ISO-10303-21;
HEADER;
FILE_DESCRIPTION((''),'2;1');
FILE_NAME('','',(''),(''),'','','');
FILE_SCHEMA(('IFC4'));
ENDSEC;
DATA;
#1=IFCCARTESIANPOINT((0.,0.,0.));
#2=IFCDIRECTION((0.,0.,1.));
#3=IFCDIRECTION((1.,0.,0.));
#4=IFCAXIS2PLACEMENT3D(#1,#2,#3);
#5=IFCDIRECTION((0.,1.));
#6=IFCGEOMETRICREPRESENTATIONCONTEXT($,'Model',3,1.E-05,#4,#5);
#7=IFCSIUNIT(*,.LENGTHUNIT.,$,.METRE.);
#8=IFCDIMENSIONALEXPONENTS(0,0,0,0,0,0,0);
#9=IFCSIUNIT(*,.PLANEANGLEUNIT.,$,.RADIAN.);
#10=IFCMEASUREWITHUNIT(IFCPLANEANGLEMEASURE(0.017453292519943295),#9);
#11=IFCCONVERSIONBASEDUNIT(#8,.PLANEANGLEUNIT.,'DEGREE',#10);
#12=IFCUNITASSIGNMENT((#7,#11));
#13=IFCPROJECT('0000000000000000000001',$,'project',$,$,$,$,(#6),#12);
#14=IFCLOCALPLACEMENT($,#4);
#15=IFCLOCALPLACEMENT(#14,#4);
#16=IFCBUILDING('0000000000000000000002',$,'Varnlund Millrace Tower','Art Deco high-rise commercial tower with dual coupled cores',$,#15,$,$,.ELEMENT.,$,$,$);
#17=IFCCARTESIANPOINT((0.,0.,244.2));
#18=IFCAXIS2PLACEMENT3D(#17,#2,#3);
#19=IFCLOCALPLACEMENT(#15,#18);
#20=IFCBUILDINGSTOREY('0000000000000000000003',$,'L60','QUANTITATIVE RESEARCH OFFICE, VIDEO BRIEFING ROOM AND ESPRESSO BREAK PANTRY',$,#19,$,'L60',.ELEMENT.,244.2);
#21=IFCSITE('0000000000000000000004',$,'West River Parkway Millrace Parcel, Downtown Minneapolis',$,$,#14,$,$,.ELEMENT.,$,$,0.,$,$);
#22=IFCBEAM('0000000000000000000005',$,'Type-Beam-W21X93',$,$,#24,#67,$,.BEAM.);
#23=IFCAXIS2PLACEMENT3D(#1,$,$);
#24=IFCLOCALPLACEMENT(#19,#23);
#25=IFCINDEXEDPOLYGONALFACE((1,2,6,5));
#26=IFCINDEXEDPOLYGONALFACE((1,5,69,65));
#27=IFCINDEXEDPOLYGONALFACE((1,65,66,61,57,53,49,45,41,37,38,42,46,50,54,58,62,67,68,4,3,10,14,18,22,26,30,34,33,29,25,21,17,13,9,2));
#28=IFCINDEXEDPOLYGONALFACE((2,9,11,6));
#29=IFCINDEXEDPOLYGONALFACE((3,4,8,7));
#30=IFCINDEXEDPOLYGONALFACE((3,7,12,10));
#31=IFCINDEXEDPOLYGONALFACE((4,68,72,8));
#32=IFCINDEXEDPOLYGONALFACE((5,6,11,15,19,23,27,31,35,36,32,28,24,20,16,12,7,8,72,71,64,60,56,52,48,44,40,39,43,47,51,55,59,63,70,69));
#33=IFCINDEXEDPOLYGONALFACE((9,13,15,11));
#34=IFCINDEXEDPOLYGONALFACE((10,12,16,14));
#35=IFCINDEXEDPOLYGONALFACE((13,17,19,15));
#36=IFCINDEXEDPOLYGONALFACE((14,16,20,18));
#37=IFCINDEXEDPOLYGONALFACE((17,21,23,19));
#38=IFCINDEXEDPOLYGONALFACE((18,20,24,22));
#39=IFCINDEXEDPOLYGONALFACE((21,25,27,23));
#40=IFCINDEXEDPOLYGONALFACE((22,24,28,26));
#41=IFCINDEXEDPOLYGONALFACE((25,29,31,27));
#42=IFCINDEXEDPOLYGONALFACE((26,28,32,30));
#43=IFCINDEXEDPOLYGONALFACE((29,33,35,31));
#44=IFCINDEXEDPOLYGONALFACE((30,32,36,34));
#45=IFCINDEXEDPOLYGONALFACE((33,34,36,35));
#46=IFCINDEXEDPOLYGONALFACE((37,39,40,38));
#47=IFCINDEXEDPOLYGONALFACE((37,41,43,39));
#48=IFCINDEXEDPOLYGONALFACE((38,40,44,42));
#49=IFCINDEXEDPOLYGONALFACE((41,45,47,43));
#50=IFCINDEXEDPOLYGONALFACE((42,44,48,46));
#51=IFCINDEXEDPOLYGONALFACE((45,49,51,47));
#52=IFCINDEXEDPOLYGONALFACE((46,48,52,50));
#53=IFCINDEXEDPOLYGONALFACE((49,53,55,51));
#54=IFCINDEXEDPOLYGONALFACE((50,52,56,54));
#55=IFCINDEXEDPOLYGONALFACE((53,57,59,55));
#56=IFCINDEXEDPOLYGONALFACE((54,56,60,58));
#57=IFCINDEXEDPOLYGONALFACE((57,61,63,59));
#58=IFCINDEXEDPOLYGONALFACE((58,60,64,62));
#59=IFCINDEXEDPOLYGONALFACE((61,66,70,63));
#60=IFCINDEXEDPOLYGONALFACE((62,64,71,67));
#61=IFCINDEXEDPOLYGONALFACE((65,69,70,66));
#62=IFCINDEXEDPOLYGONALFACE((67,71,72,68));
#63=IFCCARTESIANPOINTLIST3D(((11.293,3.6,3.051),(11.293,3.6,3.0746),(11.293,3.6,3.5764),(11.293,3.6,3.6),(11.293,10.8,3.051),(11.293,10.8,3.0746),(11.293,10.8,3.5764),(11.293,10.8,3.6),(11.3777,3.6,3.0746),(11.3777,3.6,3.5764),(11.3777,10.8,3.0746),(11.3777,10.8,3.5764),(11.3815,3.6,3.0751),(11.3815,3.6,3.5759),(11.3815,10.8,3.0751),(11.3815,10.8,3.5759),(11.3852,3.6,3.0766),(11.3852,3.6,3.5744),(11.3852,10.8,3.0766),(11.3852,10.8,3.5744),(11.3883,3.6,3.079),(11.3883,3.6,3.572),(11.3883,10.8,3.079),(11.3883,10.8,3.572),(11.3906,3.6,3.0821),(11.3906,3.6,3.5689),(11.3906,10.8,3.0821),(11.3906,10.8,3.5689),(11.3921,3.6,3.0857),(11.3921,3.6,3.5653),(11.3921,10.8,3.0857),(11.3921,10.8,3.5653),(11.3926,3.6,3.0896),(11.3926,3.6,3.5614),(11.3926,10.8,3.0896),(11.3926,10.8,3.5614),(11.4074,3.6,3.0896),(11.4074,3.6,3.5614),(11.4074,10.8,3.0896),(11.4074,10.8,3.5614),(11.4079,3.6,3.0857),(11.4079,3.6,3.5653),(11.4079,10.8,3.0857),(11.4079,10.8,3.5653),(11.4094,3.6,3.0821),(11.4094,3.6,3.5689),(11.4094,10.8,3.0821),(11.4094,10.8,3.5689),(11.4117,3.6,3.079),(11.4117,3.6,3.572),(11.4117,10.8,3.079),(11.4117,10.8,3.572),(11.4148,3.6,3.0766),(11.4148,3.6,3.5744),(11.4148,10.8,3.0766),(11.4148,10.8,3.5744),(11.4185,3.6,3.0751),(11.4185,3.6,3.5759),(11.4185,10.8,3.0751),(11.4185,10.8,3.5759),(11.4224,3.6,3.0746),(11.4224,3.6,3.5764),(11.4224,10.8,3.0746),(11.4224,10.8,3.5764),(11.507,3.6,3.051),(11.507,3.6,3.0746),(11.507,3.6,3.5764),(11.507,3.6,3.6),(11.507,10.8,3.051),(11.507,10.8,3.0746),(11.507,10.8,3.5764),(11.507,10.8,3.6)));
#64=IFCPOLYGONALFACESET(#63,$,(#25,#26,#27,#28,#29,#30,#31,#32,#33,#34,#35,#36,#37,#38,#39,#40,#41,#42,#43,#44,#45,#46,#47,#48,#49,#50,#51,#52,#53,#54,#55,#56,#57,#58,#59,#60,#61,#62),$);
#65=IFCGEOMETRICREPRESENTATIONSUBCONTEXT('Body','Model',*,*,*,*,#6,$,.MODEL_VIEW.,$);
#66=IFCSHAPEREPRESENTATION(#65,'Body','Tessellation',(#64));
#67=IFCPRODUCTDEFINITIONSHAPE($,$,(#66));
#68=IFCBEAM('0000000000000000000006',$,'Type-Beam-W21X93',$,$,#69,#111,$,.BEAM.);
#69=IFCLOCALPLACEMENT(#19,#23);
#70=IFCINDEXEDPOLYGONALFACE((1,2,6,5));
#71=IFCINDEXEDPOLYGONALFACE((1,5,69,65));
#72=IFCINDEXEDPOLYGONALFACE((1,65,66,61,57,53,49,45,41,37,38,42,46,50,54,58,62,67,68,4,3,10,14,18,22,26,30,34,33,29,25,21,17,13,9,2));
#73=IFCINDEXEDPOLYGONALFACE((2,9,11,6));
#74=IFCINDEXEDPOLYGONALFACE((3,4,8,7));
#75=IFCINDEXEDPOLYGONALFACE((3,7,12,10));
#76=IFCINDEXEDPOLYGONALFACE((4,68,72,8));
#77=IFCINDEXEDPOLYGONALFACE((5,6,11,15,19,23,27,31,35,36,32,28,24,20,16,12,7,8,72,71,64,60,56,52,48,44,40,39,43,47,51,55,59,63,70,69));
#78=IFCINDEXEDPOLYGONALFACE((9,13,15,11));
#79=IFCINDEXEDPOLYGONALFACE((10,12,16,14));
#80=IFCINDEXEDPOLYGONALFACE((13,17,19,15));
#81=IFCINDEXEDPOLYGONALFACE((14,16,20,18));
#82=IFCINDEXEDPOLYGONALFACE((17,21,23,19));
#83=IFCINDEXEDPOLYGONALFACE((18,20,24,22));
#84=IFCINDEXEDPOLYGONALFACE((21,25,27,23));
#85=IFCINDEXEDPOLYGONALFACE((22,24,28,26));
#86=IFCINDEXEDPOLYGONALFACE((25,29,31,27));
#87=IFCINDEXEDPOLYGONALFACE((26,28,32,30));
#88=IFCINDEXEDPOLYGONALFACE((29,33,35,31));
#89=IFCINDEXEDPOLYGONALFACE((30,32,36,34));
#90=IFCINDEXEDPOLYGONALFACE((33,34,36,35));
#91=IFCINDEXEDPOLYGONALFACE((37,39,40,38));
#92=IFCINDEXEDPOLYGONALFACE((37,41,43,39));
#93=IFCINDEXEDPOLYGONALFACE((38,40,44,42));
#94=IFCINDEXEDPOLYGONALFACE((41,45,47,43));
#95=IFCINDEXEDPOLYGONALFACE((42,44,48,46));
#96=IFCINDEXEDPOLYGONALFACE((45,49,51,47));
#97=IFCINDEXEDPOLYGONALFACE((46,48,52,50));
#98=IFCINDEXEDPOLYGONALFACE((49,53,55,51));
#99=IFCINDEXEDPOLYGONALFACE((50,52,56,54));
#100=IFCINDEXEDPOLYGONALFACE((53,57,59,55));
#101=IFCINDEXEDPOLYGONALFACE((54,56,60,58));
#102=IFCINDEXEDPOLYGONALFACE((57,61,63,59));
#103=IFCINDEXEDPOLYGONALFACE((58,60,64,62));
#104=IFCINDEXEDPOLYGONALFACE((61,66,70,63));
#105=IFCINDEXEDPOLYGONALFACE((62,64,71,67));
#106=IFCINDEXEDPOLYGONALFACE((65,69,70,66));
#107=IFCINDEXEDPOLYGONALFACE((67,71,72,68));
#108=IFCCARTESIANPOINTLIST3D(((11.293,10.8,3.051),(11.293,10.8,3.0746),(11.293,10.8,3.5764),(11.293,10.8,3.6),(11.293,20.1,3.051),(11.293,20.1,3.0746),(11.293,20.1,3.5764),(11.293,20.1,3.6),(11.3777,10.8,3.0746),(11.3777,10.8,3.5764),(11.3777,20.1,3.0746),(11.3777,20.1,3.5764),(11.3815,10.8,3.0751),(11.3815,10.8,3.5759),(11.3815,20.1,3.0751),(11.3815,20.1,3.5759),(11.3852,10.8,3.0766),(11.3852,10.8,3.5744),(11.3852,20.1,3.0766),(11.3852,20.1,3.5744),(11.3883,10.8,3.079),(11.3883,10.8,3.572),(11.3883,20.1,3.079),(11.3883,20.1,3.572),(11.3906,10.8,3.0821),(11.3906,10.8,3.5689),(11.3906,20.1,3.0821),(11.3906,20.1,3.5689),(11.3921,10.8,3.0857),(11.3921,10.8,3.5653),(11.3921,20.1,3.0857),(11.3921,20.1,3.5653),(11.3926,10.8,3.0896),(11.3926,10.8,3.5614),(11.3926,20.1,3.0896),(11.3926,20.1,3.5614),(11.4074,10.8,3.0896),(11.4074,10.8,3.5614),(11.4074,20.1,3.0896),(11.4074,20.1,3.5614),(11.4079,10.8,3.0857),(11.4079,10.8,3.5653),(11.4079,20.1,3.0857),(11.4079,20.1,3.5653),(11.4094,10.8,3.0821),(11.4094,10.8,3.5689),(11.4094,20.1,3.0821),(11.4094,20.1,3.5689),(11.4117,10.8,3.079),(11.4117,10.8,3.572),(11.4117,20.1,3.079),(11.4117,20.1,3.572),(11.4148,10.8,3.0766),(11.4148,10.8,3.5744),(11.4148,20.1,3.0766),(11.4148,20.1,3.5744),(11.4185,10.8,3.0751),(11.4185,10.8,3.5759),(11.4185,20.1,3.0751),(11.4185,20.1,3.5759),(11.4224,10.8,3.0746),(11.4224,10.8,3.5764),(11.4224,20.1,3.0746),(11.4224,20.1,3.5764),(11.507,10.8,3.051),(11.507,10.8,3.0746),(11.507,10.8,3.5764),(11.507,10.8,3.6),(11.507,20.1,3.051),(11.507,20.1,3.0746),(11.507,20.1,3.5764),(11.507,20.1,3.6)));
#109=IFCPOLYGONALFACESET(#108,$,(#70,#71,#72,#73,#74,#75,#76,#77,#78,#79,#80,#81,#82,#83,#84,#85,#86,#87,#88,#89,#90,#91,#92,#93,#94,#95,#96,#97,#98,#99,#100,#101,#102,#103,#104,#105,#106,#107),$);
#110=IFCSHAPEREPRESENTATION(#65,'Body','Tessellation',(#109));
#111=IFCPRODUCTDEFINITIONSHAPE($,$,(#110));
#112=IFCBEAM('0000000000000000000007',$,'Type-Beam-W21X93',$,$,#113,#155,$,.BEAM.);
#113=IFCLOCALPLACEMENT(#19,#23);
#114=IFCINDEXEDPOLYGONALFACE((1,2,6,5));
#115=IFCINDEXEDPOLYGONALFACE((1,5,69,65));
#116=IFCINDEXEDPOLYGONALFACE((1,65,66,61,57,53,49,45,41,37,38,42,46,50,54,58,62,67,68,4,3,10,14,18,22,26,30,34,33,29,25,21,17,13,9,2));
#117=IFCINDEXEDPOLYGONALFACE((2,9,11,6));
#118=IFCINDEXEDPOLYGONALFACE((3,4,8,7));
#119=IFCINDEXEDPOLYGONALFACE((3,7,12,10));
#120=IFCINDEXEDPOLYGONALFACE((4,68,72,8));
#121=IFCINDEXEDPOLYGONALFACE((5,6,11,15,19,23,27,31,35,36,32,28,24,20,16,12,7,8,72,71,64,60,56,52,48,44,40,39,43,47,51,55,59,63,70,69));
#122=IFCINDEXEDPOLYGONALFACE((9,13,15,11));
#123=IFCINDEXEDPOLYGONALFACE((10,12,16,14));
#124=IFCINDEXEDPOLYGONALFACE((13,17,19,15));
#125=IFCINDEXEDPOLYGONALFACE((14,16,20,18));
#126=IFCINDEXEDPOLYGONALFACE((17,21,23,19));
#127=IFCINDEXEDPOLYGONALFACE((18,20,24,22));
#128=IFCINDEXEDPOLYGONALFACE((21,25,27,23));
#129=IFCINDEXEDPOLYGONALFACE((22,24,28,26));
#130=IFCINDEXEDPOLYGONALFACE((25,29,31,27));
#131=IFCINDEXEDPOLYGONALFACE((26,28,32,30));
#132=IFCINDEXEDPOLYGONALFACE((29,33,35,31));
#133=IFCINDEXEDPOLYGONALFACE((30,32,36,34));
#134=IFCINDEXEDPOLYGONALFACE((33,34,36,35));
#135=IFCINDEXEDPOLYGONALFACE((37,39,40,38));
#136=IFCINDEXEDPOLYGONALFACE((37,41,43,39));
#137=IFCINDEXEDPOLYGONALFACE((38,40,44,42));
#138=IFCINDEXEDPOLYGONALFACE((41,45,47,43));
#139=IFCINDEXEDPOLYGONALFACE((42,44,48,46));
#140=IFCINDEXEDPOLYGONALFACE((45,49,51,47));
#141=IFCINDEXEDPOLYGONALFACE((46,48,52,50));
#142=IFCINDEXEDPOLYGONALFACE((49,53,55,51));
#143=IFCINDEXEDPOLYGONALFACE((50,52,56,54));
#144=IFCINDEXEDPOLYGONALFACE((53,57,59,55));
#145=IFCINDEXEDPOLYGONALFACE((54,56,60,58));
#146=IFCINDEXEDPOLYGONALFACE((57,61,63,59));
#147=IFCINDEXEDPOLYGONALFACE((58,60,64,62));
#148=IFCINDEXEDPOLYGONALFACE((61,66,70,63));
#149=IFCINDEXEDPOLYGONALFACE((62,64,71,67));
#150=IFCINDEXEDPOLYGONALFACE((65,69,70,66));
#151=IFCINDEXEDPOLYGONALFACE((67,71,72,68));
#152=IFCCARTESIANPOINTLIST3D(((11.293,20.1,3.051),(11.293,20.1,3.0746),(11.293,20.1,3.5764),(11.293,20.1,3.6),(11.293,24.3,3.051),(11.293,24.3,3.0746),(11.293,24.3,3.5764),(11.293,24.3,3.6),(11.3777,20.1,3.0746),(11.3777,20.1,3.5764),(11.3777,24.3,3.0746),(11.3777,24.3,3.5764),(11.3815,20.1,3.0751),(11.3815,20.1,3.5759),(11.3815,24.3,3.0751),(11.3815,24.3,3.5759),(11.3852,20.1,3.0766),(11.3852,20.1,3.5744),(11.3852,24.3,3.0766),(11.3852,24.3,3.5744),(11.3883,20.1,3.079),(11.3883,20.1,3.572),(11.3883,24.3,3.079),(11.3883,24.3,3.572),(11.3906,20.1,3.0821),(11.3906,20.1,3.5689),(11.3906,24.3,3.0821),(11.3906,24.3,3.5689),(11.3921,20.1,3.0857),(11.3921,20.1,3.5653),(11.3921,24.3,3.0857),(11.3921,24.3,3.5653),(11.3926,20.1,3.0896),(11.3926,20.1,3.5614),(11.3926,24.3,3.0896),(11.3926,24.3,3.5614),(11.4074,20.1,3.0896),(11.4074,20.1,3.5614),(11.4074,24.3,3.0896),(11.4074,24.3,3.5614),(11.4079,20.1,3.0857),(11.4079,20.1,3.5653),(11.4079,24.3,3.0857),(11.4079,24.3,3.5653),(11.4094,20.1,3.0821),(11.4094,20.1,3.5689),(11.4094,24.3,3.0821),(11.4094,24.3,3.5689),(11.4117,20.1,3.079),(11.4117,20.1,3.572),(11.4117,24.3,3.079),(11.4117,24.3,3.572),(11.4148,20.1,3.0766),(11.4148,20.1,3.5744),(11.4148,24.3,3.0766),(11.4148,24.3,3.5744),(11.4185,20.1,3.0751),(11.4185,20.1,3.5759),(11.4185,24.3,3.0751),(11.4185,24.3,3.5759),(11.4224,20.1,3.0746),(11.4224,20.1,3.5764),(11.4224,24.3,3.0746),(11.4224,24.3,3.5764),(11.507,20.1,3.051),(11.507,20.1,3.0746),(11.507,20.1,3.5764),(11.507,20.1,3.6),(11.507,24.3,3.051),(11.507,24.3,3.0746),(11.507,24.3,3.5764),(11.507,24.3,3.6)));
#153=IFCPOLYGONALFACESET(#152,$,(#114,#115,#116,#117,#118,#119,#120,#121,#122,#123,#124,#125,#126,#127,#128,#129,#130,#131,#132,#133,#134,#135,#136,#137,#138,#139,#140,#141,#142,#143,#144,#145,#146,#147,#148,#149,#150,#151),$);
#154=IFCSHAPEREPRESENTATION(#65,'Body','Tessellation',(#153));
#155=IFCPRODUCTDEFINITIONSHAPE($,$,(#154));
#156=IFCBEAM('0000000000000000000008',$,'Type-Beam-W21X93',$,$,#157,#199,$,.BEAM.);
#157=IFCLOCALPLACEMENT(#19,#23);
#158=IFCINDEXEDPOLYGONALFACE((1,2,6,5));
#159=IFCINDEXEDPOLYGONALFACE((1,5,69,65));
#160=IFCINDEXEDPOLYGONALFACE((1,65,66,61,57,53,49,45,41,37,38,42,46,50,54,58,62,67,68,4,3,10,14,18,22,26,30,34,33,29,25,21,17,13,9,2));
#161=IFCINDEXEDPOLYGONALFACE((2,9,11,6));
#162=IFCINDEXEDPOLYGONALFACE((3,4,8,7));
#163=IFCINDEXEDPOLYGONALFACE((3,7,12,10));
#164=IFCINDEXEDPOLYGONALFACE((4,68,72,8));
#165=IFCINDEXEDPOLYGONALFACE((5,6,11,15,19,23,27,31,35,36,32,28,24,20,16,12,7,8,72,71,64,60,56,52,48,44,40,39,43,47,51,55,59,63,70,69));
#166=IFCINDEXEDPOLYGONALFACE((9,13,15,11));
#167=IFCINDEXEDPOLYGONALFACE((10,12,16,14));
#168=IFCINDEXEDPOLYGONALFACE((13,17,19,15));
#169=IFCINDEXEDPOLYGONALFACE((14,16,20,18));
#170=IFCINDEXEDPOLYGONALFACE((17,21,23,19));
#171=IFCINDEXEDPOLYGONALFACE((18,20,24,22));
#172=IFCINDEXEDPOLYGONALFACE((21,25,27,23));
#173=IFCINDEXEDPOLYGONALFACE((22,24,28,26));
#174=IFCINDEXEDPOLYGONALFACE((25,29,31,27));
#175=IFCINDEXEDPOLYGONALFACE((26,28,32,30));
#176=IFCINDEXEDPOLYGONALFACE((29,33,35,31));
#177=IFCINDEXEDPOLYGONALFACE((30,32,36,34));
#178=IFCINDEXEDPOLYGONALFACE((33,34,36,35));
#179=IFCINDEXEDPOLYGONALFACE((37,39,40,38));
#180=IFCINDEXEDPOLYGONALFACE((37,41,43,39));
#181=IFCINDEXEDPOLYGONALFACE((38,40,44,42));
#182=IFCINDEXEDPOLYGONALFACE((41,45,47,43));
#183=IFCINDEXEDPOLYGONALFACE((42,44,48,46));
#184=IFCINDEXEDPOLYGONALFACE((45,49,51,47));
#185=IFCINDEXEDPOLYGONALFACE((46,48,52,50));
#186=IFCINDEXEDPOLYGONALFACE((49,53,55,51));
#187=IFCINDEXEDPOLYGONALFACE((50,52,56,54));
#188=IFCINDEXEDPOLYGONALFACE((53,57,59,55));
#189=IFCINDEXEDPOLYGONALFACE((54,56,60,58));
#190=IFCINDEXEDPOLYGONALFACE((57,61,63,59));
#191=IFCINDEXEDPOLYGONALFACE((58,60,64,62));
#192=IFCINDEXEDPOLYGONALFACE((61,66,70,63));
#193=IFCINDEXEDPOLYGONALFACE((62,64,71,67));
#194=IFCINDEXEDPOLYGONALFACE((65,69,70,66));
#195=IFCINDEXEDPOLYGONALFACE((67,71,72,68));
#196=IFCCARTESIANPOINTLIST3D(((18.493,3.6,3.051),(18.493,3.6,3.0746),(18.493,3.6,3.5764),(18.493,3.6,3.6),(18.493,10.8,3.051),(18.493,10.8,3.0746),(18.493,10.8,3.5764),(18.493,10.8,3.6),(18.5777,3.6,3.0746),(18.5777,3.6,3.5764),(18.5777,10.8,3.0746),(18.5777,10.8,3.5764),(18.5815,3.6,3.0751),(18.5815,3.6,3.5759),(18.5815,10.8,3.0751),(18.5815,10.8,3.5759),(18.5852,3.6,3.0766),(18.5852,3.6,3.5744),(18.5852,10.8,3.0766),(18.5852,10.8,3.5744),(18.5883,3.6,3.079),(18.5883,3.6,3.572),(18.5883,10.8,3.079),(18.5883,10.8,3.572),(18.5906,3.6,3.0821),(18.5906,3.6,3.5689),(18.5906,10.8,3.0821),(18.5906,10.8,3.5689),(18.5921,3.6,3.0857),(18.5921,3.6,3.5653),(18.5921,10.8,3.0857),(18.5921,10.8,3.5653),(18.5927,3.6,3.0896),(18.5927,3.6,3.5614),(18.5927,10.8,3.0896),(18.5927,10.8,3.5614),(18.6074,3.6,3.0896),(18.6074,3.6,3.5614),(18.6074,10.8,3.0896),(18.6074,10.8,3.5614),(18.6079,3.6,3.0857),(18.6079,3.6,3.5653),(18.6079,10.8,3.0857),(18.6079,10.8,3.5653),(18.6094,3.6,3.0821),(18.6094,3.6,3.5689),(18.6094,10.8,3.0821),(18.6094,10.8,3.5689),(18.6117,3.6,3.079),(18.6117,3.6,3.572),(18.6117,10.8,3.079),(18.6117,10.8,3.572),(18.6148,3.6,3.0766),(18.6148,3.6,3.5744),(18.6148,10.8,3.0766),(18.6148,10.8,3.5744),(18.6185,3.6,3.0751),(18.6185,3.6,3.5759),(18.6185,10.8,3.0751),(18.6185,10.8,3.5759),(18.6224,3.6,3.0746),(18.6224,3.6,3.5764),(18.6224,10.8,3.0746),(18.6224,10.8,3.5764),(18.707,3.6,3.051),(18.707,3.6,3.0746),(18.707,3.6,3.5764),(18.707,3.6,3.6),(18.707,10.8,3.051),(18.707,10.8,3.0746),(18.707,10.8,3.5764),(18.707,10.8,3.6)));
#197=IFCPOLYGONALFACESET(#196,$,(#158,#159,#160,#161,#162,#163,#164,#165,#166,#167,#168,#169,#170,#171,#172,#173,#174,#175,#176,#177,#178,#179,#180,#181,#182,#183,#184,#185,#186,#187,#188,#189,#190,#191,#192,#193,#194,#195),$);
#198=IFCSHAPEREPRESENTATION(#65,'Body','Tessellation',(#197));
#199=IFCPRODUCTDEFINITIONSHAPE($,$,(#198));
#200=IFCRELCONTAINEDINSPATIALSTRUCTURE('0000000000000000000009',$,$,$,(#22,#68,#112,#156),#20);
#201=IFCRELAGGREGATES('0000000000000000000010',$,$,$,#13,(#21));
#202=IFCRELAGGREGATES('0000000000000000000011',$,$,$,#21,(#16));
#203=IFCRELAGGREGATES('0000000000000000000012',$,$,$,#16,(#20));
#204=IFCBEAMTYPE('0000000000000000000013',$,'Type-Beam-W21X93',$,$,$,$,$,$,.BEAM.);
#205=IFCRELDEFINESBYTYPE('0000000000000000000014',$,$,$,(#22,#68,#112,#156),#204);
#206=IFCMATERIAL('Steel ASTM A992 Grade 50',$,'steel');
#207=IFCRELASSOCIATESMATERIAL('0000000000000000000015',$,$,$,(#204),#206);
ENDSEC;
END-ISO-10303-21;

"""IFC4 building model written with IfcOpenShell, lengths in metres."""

from ifc_helpers import new_model, entity, si_unit, converted_unit, direction, frame, origin_with_axes, origin_2d_with_axis, place, context, subcontext, project, spatial, i_section, extrude, material, material_profile, profile_set, type_object, element, save


model = new_model("IFC4")

# Units and contexts
model_context = context("Model", 3, precision=1e-05, world=origin_with_axes(), true_north=direction((0.0, 1.0)))
body_context = subcontext(model_context, "Body", "Model", "MODEL_VIEW")
ifc_project = project(units=[si_unit("LENGTHUNIT", "METRE"), converted_unit("PLANEANGLEUNIT", "DEGREE", entity("IfcPlaneAngleMeasure", 0.017453292519943295), si_unit("PLANEANGLEUNIT", "RADIAN"), dimensions=[0, 0, 0, 0, 0, 0, 0])], contexts=[model_context])

# Site, building, storey
site_placement = place(None, origin_with_axes())
site = spatial("IfcSite", under=ifc_project, at=site_placement, Name="West River Parkway Millrace Parcel, Downtown Minneapolis", CompositionType="ELEMENT", RefElevation=0.0)
building_placement = place(site_placement, origin_with_axes())
building = spatial("IfcBuilding", under=site, at=building_placement, Name="Varnlund Millrace Tower", Description="Art Deco high-rise commercial tower with dual coupled cores", CompositionType="ELEMENT")
storey_placement = place(building_placement, frame((0.0, 0.0, 244.2), z_axis=(0.0, 0.0, 1.0), x_axis=(1.0, 0.0, 0.0)))
storey = spatial("IfcBuildingStorey", under=building, at=storey_placement, Name="L60", Description="QUANTITATIVE RESEARCH OFFICE, VIDEO BRIEFING ROOM AND ESPRESSO BREAK PANTRY", LongName="L60", CompositionType="ELEMENT", Elevation=244.2)

# Beams
ifc_material_1 = material(Name="Steel ASTM A992 Grade 50", Category="steel")
ifc_material_profile_1 = material_profile(ifc_material_1, i_section(OverallWidth=0.214, OverallDepth=0.549, WebThickness=0.0147, FlangeThickness=0.0236, FilletRadius=0.015, at=origin_2d_with_axis()), Name="Steel ASTM A992 Grade 50")
ifc_profile_set_1 = profile_set([ifc_material_profile_1], Name="Steel ASTM A992 Grade 50")
beam_type_1 = type_object("IfcBeamType", Name="Type-Beam-W21X93", PredefinedType="BEAM", material=ifc_profile_set_1)
beam_1_placement = place(storey_placement, frame((11.4, 3.6, 3.3255), z_axis=(0.0, 1.0, 0.0), x_axis=(-1.0, 0.0, 0.0)))
element("IfcBeam", 1, at=beam_1_placement, inside=storey, type_object=beam_type_1, Name="Type-Beam-W21X93", PredefinedType="BEAM", context=body_context, shape_type="SweptSolid", body=[
    extrude(i_section(OverallWidth=0.214, OverallDepth=0.549, WebThickness=0.0147, FlangeThickness=0.0236, FilletRadius=0.015, at=origin_2d_with_axis()), origin_with_axes(), (0.0, 0.0, 1.0), 7.2),
])
beam_2_placement = place(storey_placement, frame((11.4, 10.8, 3.3255), z_axis=(0.0, 1.0, 0.0), x_axis=(-1.0, 0.0, 0.0)))
element("IfcBeam", 2, at=beam_2_placement, inside=storey, type_object=beam_type_1, Name="Type-Beam-W21X93", PredefinedType="BEAM", context=body_context, shape_type="SweptSolid", body=[
    extrude(i_section(OverallWidth=0.214, OverallDepth=0.549, WebThickness=0.0147, FlangeThickness=0.0236, FilletRadius=0.015, at=origin_2d_with_axis()), origin_with_axes(), (0.0, 0.0, 1.0), 9.3),
])
beam_3_placement = place(storey_placement, frame((11.4, 20.1, 3.3255), z_axis=(0.0, 1.0, 0.0), x_axis=(-1.0, 0.0, 0.0)))
element("IfcBeam", 3, at=beam_3_placement, inside=storey, type_object=beam_type_1, Name="Type-Beam-W21X93", PredefinedType="BEAM", context=body_context, shape_type="SweptSolid", body=[
    extrude(i_section(OverallWidth=0.214, OverallDepth=0.549, WebThickness=0.0147, FlangeThickness=0.0236, FilletRadius=0.015, at=origin_2d_with_axis()), origin_with_axes(), (0.0, 0.0, 1.0), 4.2),
])
beam_4_placement = place(storey_placement, frame((18.6, 3.6, 3.3255), z_axis=(0.0, 1.0, 0.0), x_axis=(-1.0, 0.0, 0.0)))
element("IfcBeam", 4, at=beam_4_placement, inside=storey, type_object=beam_type_1, Name="Type-Beam-W21X93", PredefinedType="BEAM", context=body_context, shape_type="SweptSolid", body=[
    extrude(i_section(OverallWidth=0.214, OverallDepth=0.549, WebThickness=0.0147, FlangeThickness=0.0236, FilletRadius=0.015, at=origin_2d_with_axis()), origin_with_axes(), (0.0, 0.0, 1.0), 7.2),
])

save(model, "model.ifc")
